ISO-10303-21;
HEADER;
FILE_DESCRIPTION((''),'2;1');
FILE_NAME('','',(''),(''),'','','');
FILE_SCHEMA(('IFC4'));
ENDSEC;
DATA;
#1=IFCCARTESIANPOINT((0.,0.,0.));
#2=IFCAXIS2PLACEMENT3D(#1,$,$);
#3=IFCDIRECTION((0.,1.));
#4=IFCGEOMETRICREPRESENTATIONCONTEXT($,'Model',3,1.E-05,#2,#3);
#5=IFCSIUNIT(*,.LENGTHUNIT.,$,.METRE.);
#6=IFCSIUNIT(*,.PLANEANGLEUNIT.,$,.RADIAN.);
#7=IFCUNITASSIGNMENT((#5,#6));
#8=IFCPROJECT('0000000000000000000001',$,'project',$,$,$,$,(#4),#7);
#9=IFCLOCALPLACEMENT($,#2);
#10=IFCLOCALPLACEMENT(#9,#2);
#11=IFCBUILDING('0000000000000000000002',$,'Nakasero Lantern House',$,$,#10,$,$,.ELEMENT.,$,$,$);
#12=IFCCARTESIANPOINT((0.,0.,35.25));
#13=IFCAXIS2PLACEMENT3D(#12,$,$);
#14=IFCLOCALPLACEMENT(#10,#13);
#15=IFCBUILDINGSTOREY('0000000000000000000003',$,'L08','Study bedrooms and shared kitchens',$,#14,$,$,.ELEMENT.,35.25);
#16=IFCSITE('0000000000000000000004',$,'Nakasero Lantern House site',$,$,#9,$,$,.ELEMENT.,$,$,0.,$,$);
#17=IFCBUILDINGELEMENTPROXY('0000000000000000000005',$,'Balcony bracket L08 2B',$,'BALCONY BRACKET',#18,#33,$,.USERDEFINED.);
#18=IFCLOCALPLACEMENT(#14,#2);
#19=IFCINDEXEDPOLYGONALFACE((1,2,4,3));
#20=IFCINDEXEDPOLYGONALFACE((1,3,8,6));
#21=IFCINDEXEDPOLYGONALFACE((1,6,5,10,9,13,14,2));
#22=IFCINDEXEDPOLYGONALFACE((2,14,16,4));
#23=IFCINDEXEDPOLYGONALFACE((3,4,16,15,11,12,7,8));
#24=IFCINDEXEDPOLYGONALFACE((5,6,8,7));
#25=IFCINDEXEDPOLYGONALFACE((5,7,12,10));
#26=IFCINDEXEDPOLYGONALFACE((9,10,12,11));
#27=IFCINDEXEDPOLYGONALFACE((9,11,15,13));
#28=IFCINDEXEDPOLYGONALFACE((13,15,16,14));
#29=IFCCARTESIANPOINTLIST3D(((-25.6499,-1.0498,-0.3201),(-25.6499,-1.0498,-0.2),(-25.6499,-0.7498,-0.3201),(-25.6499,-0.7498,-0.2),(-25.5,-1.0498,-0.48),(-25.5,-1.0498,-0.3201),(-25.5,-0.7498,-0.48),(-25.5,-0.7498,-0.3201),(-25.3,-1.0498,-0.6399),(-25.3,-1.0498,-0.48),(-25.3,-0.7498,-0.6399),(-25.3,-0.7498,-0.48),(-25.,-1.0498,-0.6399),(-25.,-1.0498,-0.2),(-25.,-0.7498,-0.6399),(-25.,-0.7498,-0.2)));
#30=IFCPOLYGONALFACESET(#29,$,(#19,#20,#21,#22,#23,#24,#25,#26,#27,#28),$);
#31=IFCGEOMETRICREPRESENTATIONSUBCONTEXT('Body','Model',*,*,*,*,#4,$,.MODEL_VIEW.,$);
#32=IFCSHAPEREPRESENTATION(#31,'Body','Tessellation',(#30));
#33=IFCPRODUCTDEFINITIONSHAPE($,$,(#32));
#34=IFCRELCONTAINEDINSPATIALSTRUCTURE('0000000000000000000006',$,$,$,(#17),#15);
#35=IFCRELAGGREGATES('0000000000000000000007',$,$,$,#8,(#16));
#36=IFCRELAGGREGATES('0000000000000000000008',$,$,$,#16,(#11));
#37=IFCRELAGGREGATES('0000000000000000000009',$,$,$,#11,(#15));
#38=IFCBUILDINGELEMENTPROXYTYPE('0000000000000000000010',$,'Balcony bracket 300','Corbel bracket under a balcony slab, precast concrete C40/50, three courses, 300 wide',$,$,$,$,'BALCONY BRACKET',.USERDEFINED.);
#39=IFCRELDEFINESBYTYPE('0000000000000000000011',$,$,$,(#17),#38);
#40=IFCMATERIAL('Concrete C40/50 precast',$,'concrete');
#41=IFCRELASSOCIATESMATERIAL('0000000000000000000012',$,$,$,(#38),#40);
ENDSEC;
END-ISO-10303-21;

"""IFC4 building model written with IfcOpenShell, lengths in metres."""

from ifc_helpers import new_model, si_unit, direction, frame, origin, place, context, subcontext, project, spatial, polyline, outline, extrude, material, type_object, element, save


model = new_model("IFC4")

# Units and contexts
model_context = context("Model", 3, precision=1e-05, world=origin(), true_north=direction((0.0, 1.0)))
body_context = subcontext(model_context, "Body", "Model", "MODEL_VIEW")
ifc_project = project(units=[si_unit("LENGTHUNIT", "METRE"), si_unit("PLANEANGLEUNIT", "RADIAN")], contexts=[model_context])

# Site, building, storey
site_placement = place(None, origin())
site = spatial("IfcSite", under=ifc_project, at=site_placement, Name="Nakasero Lantern House site", CompositionType="ELEMENT", RefElevation=0.0)
building_placement = place(site_placement, origin())
building = spatial("IfcBuilding", under=site, at=building_placement, Name="Nakasero Lantern House", CompositionType="ELEMENT")
storey_placement = place(building_placement, frame((0.0, 0.0, 35.25)))
storey = spatial("IfcBuildingStorey", under=building, at=storey_placement, Name="L08", Description="Study bedrooms and shared kitchens", CompositionType="ELEMENT", Elevation=35.25)

# Building element proxy
ifc_material_1 = material(Name="Concrete C40/50 precast", Category="concrete")
building_element_proxy_type = type_object("IfcBuildingElementProxyType", Name="Balcony bracket 300", Description="Corbel bracket under a balcony slab, precast concrete C40/50, three courses, 300 wide", ElementType="BALCONY BRACKET", PredefinedType="USERDEFINED", material=ifc_material_1)
proxy_placement = place(storey_placement, frame((-25.0, -0.8999, -0.2), z_axis=(0.0, 0.0, 1.0), x_axis=(-1.0, 0.0, 0.0)))
element("IfcBuildingElementProxy", 1, at=proxy_placement, inside=storey, type_object=building_element_proxy_type, Name="Balcony bracket L08 2B", ObjectType="BALCONY BRACKET", PredefinedType="USERDEFINED", context=body_context, shape_type="SweptSolid", body=[
    extrude(outline(polyline([(0.0, 0.0), (0.6499, 0.0), (0.6499, -0.1201), (0.5, -0.1201), (0.5, -0.28), (0.3, -0.28), (0.3, -0.4399), (0.0, -0.4399), (0.0, 0.0)])), frame((0.0, 0.1499, 0.0), z_axis=(0.0, -1.0, 0.0), x_axis=(1.0, 0.0, 0.0)), (0.0, 0.0, 1.0), 0.3),
])

save(model, "model.ifc")
